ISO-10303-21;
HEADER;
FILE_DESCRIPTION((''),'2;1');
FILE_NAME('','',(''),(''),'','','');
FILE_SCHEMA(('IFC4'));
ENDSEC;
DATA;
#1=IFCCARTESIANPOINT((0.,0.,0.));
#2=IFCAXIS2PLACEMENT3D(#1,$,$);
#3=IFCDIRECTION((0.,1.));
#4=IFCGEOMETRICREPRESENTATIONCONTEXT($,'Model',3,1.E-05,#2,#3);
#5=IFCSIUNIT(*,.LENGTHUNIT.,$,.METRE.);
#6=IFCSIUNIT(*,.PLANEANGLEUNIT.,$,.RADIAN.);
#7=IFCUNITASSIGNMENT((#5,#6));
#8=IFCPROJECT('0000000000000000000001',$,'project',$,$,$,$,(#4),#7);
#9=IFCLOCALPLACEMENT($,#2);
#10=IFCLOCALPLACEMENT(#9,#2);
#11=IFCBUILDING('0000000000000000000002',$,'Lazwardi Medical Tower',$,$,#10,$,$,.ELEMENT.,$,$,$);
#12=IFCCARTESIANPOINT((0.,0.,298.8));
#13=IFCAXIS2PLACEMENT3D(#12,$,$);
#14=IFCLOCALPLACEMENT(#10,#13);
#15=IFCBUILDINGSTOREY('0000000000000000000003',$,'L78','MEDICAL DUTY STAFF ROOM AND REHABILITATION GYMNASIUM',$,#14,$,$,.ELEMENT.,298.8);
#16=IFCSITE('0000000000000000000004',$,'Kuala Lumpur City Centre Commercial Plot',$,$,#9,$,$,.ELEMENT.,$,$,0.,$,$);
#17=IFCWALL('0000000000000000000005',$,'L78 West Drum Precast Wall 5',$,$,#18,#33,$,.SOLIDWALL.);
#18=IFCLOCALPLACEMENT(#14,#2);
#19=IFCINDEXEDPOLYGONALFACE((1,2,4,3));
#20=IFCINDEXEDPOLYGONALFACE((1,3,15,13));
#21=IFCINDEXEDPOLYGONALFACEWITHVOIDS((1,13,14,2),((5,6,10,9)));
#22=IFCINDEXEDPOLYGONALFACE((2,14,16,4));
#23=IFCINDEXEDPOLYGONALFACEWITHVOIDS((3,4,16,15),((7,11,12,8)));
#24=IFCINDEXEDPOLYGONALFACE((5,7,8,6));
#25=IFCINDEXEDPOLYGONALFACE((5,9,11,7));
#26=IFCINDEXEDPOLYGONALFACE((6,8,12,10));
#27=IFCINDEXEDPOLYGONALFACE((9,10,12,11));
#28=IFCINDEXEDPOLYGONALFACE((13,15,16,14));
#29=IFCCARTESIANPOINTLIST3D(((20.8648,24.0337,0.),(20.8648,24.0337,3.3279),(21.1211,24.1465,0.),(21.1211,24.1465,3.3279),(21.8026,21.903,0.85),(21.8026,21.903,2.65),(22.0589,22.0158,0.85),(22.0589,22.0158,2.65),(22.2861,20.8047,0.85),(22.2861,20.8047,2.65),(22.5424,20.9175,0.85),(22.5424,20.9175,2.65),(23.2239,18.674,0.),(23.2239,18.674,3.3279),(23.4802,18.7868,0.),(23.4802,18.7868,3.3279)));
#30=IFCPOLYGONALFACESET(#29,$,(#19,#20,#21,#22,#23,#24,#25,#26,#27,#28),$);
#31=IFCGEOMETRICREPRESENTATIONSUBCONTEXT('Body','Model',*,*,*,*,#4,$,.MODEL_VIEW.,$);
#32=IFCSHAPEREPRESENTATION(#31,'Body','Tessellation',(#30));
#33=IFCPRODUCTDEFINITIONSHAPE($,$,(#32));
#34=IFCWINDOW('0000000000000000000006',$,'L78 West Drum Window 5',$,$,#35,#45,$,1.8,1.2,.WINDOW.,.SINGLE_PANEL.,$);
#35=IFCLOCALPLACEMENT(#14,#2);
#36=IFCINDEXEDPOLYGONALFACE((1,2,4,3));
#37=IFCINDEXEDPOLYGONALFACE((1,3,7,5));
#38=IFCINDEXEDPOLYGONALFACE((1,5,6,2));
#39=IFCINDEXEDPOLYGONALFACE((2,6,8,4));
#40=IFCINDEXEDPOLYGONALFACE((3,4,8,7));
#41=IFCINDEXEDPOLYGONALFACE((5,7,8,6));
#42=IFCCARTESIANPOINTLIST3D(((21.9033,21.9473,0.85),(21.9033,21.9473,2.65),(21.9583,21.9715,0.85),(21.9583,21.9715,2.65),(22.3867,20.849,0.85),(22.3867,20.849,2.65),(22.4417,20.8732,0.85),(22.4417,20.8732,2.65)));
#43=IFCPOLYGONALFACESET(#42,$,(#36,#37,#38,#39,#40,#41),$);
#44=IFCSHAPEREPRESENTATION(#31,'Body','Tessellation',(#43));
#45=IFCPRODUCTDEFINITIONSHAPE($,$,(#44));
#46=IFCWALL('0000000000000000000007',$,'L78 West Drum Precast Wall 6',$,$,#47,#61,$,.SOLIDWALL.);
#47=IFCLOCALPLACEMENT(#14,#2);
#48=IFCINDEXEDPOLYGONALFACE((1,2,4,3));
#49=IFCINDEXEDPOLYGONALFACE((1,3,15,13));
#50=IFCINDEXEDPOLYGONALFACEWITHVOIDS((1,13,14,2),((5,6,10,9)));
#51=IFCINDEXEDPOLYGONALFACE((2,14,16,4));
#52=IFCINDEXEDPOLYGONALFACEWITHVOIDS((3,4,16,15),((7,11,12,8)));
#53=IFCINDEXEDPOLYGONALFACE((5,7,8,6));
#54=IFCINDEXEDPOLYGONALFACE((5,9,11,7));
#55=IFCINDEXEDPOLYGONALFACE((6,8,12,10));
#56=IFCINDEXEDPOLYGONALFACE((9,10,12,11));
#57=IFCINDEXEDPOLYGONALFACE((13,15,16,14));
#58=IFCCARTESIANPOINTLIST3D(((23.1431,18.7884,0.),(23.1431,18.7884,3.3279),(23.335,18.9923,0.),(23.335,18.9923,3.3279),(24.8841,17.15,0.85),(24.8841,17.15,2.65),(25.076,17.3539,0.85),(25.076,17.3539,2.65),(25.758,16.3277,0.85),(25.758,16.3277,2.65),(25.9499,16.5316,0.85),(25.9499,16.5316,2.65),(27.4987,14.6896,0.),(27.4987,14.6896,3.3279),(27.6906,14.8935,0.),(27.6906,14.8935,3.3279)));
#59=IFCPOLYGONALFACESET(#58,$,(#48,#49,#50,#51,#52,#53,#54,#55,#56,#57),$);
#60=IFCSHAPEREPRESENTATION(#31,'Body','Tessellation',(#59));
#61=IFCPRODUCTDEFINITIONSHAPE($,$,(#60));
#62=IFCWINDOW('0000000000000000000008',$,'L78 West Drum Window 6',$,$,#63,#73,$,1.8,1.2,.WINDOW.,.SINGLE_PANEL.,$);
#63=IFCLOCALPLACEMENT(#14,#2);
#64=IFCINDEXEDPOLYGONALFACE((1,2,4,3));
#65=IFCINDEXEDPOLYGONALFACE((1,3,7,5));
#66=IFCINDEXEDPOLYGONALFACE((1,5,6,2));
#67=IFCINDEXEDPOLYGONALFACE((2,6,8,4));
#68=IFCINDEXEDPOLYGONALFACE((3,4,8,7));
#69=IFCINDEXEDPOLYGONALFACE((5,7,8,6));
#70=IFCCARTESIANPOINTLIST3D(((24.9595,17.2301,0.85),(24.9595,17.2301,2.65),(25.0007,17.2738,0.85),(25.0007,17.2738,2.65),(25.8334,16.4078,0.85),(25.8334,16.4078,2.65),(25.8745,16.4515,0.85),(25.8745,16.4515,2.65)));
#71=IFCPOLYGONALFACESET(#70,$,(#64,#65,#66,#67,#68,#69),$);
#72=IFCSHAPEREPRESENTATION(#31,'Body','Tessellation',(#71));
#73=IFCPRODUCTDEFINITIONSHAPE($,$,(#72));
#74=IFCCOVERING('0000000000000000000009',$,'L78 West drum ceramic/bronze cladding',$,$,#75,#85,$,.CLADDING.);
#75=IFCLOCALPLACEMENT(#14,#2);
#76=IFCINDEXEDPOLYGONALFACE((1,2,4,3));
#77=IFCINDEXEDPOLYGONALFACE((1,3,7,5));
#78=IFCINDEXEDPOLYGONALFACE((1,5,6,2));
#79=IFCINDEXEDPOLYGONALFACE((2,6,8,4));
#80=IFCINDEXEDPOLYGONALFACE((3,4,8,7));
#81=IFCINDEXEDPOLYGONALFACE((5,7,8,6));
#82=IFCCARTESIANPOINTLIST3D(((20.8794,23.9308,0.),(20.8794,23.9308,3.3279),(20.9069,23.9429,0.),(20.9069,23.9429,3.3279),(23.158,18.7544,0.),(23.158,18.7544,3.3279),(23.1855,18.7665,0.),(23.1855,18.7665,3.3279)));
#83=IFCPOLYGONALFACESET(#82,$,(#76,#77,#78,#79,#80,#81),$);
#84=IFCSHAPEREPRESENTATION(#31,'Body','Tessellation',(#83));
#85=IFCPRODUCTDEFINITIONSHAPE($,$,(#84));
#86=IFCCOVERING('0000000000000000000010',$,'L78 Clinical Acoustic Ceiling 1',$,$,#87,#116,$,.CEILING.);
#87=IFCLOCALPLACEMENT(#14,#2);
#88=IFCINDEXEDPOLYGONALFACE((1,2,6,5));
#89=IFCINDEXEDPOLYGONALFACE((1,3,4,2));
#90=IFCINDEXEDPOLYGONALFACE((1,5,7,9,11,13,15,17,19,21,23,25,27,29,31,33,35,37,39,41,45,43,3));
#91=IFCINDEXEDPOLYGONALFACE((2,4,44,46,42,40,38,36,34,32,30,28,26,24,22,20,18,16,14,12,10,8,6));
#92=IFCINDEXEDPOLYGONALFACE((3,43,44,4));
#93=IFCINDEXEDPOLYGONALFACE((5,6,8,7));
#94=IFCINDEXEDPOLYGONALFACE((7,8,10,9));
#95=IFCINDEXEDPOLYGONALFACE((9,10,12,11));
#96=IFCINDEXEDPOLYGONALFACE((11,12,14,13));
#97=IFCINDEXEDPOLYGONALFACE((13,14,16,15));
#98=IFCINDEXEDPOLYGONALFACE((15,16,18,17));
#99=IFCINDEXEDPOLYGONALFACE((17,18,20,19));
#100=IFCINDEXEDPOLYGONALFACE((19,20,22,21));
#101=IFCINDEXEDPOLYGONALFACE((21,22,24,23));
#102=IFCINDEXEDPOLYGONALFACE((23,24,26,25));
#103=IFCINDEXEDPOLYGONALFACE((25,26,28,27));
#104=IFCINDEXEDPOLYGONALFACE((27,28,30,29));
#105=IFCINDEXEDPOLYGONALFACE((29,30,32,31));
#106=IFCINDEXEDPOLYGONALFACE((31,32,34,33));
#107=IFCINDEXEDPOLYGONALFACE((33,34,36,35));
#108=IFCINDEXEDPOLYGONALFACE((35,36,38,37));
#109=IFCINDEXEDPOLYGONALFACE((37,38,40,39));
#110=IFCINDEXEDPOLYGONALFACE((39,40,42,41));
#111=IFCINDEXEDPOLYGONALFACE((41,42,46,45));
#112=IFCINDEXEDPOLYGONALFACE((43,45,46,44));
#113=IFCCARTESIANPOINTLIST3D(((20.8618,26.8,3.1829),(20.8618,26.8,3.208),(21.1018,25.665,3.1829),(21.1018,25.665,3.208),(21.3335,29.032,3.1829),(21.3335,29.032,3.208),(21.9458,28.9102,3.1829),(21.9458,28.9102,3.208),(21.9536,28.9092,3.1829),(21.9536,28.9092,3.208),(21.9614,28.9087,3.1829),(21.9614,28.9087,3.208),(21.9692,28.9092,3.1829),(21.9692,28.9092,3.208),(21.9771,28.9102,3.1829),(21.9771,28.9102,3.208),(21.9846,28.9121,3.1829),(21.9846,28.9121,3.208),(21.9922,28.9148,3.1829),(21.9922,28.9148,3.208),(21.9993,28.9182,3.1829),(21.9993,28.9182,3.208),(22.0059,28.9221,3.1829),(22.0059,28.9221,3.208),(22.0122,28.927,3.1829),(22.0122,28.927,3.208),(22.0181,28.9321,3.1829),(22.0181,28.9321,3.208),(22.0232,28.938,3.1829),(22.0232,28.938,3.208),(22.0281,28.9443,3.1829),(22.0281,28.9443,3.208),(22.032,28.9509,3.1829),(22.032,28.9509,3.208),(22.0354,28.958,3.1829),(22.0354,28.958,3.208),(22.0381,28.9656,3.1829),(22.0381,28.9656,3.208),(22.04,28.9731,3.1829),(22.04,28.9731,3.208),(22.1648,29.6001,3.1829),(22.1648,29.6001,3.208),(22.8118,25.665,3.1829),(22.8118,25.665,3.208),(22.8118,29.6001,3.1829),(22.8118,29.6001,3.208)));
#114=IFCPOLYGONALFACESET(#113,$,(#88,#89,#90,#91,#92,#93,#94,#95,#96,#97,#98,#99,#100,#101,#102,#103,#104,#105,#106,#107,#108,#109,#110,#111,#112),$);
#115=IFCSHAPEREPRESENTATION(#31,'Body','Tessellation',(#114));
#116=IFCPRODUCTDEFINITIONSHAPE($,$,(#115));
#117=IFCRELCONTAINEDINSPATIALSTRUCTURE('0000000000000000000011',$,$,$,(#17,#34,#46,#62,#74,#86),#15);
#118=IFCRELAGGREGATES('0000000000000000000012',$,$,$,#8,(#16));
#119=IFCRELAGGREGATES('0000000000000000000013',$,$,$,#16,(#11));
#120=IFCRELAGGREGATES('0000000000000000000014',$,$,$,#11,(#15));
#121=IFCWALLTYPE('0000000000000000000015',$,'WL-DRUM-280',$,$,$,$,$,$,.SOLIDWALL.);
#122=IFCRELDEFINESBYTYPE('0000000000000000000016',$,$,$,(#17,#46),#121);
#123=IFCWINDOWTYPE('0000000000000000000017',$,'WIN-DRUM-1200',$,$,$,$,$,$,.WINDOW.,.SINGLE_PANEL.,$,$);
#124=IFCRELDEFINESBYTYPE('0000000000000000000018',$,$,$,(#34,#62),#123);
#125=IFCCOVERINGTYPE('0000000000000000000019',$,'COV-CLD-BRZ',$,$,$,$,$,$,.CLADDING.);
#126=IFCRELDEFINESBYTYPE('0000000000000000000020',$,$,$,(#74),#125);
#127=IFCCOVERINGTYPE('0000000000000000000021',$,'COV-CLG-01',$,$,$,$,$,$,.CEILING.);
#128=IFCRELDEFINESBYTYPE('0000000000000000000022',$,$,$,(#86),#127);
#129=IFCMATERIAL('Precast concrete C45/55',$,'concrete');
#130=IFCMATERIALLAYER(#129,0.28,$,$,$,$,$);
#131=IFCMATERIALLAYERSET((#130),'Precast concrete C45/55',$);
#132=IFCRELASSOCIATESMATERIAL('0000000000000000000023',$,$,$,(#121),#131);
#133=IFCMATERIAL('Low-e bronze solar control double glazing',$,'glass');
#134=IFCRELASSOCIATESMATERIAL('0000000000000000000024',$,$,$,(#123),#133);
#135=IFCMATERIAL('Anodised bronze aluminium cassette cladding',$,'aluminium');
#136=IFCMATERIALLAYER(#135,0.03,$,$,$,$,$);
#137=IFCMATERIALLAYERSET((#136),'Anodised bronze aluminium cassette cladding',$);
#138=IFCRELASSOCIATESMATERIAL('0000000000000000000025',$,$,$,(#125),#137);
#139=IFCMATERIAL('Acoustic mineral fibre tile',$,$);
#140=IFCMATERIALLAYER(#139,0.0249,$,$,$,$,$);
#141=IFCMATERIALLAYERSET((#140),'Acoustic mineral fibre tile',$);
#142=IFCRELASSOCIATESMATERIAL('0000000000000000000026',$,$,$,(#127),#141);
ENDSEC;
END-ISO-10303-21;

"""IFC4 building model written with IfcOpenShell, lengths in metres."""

from ifc_helpers import new_model, si_unit, direction, frame, frame_2d, origin, origin_2d, place, context, subcontext, project, spatial, polyline, rectangle, outline, extrude, material, layer, layer_set, type_object, element, fill, save


model = new_model("IFC4")

# Units and contexts
model_context = context("Model", 3, precision=1e-05, world=origin(), true_north=direction((0.0, 1.0)))
body_context = subcontext(model_context, "Body", "Model", "MODEL_VIEW")
ifc_project = project(units=[si_unit("LENGTHUNIT", "METRE"), si_unit("PLANEANGLEUNIT", "RADIAN")], contexts=[model_context])

# Site, building, storey
site_placement = place(None, origin())
site = spatial("IfcSite", under=ifc_project, at=site_placement, Name="Kuala Lumpur City Centre Commercial Plot", CompositionType="ELEMENT", RefElevation=0.0)
building_placement = place(site_placement, origin())
building = spatial("IfcBuilding", under=site, at=building_placement, Name="Lazwardi Medical Tower", CompositionType="ELEMENT")
storey_placement = place(building_placement, frame((0.0, 0.0, 298.8)))
storey = spatial("IfcBuildingStorey", under=building, at=storey_placement, Name="L78", Description="MEDICAL DUTY STAFF ROOM AND REHABILITATION GYMNASIUM", CompositionType="ELEMENT", Elevation=298.8)

# Walls, openings, windows
ifc_material_1 = material(Name="Precast concrete C45/55", Category="concrete")
ifc_layer_1 = layer(ifc_material_1, 0.28)
ifc_layer_set_1 = layer_set([ifc_layer_1], Name="Precast concrete C45/55")
wall_type_1 = type_object("IfcWallType", Name="WL-DRUM-280", PredefinedType="SOLIDWALL", material=ifc_layer_set_1)
wall_1_placement = place(storey_placement, frame((20.9929, 24.0901, 0.0), z_axis=(0.0, 0.0, 1.0), x_axis=(0.402867, -0.915258, 0.0)))
wall_1 = element("IfcWall", 1, at=wall_1_placement, inside=storey, type_object=wall_type_1, Name="L78 West Drum Precast Wall 5", PredefinedType="SOLIDWALL", context=body_context, shape_type="SweptSolid", body=[
    extrude(rectangle(XDim=5.856, YDim=0.28, at=frame_2d((2.928, 0.0))), origin(), (0.0, 0.0, 1.0), 3.3279),
])
opening_1_placement = place(wall_1_placement, frame((2.3279, 0.0, 0.8501)))
opening_1 = element("IfcOpeningElement", 2, at=opening_1_placement, cuts=wall_1, PredefinedType="OPENING", context=body_context, shape_type="SweptSolid", body=[
    extrude(rectangle(XDim=1.2, YDim=1.8, at=frame_2d((0.6001, 0.8999))), frame((0.0, 0.1499, 0.0), z_axis=(0.0, -1.0, 0.0), x_axis=(1.0, 0.0, 0.0)), (0.0, 0.0, 1.0), 0.3),
])
ifc_material_2 = material(Name="Low-e bronze solar control double glazing", Category="glass")
window_type = type_object("IfcWindowType", Name="WIN-DRUM-1200", PartitioningType="SINGLE_PANEL", PredefinedType="WINDOW", material=ifc_material_2)
window_1_placement = place(opening_1_placement, origin())
window_1 = element("IfcWindow", 3, at=window_1_placement, inside=storey, type_object=window_type, Name="L78 West Drum Window 5", OverallHeight=1.8, OverallWidth=1.2, PartitioningType="SINGLE_PANEL", PredefinedType="WINDOW", context=body_context, shape_type="SweptSolid", body=[
    extrude(rectangle(XDim=1.2, YDim=1.8, at=frame_2d((0.6001, 0.8999))), frame((0.0, 0.03, 0.0), z_axis=(0.0, -1.0, 0.0), x_axis=(1.0, 0.0, 0.0)), (0.0, 0.0, 1.0), 0.0601),
])
fill(opening_1, window_1)
wall_2_placement = place(storey_placement, frame((23.239, 18.8904, 0.0), z_axis=(0.0, 0.0, 1.0), x_axis=(0.728252, -0.68531, 0.0)))
wall_2 = element("IfcWall", 4, at=wall_2_placement, inside=storey, type_object=wall_type_1, Name="L78 West Drum Precast Wall 6", PredefinedType="SOLIDWALL", context=body_context, shape_type="SweptSolid", body=[
    extrude(rectangle(XDim=5.981, YDim=0.28, at=frame_2d((2.9905, 0.0))), origin(), (0.0, 0.0, 1.0), 3.3279),
])
opening_2_placement = place(wall_2_placement, frame((2.3906, 0.0, 0.8501)))
opening_2 = element("IfcOpeningElement", 5, at=opening_2_placement, cuts=wall_2, PredefinedType="OPENING", context=body_context, shape_type="SweptSolid", body=[
    extrude(rectangle(XDim=1.2, YDim=1.8, at=frame_2d((0.6001, 0.8999))), frame((0.0, 0.1499, 0.0), z_axis=(0.0, -1.0, 0.0), x_axis=(1.0, 0.0, 0.0)), (0.0, 0.0, 1.0), 0.3),
])
window_2_placement = place(opening_2_placement, origin())
window_2 = element("IfcWindow", 6, at=window_2_placement, inside=storey, type_object=window_type, Name="L78 West Drum Window 6", OverallHeight=1.8, OverallWidth=1.2, PartitioningType="SINGLE_PANEL", PredefinedType="WINDOW", context=body_context, shape_type="SweptSolid", body=[
    extrude(rectangle(XDim=1.2, YDim=1.8, at=frame_2d((0.6001, 0.8999))), frame((0.0, 0.03, 0.0), z_axis=(0.0, -1.0, 0.0), x_axis=(1.0, 0.0, 0.0)), (0.0, 0.0, 1.0), 0.0601),
])
fill(opening_2, window_2)

# Coverings
ifc_material_3 = material(Name="Anodised bronze aluminium cassette cladding", Category="aluminium")
ifc_layer_2 = layer(ifc_material_3, 0.03)
ifc_layer_set_2 = layer_set([ifc_layer_2], Name="Anodised bronze aluminium cassette cladding")
covering_type_1 = type_object("IfcCoveringType", Name="COV-CLD-BRZ", PredefinedType="CLADDING", material=ifc_layer_set_2)
covering_1_placement = place(storey_placement, frame((22.0325, 21.3486, 0.0), z_axis=(0.0, 0.0, 1.0), x_axis=(0.402878, -0.915254, 0.0)))
element("IfcCovering", 7, at=covering_1_placement, inside=storey, type_object=covering_type_1, Name="L78 West drum ceramic/bronze cladding", PredefinedType="CLADDING", context=body_context, shape_type="SweptSolid", body=[
    extrude(rectangle(XDim=5.6558, YDim=0.03, at=origin_2d()), origin(), (0.0, 0.0, 1.0), 3.3279),
])
ifc_material_4 = material(Name="Acoustic mineral fibre tile")
ifc_layer_3 = layer(ifc_material_4, 0.0249)
ifc_layer_set_3 = layer_set([ifc_layer_3], Name="Acoustic mineral fibre tile")
covering_type_2 = type_object("IfcCoveringType", Name="COV-CLG-01", PredefinedType="CEILING", material=ifc_layer_set_3)
covering_2_placement = place(storey_placement, frame((0.0, 0.0, 3.1829)))
element("IfcCovering", 8, at=covering_2_placement, inside=storey, type_object=covering_type_2, Name="L78 Clinical Acoustic Ceiling 1", PredefinedType="CEILING", context=body_context, shape_type="SweptSolid", body=[
    extrude(outline(polyline([(22.8118, 29.6001), (22.1648, 29.6001), (22.04, 28.9731), (22.0381, 28.9656), (22.0354, 28.958), (22.032, 28.9509), (22.0281, 28.9443), (22.0232, 28.938), (22.0181, 28.9321), (22.0122, 28.927), (22.0059, 28.9221), (21.9993, 28.9182), (21.9922, 28.9148), (21.9846, 28.9121), (21.9771, 28.9102), (21.9692, 28.9092), (21.9614, 28.9087), (21.9536, 28.9092), (21.9458, 28.9102), (21.3335, 29.032), (20.8618, 26.8), (21.1018, 25.665), (22.8118, 25.665), (22.8118, 29.6001)])), origin(), (0.0, 0.0, 1.0), 0.0251),
])

save(model, "model.ifc")
